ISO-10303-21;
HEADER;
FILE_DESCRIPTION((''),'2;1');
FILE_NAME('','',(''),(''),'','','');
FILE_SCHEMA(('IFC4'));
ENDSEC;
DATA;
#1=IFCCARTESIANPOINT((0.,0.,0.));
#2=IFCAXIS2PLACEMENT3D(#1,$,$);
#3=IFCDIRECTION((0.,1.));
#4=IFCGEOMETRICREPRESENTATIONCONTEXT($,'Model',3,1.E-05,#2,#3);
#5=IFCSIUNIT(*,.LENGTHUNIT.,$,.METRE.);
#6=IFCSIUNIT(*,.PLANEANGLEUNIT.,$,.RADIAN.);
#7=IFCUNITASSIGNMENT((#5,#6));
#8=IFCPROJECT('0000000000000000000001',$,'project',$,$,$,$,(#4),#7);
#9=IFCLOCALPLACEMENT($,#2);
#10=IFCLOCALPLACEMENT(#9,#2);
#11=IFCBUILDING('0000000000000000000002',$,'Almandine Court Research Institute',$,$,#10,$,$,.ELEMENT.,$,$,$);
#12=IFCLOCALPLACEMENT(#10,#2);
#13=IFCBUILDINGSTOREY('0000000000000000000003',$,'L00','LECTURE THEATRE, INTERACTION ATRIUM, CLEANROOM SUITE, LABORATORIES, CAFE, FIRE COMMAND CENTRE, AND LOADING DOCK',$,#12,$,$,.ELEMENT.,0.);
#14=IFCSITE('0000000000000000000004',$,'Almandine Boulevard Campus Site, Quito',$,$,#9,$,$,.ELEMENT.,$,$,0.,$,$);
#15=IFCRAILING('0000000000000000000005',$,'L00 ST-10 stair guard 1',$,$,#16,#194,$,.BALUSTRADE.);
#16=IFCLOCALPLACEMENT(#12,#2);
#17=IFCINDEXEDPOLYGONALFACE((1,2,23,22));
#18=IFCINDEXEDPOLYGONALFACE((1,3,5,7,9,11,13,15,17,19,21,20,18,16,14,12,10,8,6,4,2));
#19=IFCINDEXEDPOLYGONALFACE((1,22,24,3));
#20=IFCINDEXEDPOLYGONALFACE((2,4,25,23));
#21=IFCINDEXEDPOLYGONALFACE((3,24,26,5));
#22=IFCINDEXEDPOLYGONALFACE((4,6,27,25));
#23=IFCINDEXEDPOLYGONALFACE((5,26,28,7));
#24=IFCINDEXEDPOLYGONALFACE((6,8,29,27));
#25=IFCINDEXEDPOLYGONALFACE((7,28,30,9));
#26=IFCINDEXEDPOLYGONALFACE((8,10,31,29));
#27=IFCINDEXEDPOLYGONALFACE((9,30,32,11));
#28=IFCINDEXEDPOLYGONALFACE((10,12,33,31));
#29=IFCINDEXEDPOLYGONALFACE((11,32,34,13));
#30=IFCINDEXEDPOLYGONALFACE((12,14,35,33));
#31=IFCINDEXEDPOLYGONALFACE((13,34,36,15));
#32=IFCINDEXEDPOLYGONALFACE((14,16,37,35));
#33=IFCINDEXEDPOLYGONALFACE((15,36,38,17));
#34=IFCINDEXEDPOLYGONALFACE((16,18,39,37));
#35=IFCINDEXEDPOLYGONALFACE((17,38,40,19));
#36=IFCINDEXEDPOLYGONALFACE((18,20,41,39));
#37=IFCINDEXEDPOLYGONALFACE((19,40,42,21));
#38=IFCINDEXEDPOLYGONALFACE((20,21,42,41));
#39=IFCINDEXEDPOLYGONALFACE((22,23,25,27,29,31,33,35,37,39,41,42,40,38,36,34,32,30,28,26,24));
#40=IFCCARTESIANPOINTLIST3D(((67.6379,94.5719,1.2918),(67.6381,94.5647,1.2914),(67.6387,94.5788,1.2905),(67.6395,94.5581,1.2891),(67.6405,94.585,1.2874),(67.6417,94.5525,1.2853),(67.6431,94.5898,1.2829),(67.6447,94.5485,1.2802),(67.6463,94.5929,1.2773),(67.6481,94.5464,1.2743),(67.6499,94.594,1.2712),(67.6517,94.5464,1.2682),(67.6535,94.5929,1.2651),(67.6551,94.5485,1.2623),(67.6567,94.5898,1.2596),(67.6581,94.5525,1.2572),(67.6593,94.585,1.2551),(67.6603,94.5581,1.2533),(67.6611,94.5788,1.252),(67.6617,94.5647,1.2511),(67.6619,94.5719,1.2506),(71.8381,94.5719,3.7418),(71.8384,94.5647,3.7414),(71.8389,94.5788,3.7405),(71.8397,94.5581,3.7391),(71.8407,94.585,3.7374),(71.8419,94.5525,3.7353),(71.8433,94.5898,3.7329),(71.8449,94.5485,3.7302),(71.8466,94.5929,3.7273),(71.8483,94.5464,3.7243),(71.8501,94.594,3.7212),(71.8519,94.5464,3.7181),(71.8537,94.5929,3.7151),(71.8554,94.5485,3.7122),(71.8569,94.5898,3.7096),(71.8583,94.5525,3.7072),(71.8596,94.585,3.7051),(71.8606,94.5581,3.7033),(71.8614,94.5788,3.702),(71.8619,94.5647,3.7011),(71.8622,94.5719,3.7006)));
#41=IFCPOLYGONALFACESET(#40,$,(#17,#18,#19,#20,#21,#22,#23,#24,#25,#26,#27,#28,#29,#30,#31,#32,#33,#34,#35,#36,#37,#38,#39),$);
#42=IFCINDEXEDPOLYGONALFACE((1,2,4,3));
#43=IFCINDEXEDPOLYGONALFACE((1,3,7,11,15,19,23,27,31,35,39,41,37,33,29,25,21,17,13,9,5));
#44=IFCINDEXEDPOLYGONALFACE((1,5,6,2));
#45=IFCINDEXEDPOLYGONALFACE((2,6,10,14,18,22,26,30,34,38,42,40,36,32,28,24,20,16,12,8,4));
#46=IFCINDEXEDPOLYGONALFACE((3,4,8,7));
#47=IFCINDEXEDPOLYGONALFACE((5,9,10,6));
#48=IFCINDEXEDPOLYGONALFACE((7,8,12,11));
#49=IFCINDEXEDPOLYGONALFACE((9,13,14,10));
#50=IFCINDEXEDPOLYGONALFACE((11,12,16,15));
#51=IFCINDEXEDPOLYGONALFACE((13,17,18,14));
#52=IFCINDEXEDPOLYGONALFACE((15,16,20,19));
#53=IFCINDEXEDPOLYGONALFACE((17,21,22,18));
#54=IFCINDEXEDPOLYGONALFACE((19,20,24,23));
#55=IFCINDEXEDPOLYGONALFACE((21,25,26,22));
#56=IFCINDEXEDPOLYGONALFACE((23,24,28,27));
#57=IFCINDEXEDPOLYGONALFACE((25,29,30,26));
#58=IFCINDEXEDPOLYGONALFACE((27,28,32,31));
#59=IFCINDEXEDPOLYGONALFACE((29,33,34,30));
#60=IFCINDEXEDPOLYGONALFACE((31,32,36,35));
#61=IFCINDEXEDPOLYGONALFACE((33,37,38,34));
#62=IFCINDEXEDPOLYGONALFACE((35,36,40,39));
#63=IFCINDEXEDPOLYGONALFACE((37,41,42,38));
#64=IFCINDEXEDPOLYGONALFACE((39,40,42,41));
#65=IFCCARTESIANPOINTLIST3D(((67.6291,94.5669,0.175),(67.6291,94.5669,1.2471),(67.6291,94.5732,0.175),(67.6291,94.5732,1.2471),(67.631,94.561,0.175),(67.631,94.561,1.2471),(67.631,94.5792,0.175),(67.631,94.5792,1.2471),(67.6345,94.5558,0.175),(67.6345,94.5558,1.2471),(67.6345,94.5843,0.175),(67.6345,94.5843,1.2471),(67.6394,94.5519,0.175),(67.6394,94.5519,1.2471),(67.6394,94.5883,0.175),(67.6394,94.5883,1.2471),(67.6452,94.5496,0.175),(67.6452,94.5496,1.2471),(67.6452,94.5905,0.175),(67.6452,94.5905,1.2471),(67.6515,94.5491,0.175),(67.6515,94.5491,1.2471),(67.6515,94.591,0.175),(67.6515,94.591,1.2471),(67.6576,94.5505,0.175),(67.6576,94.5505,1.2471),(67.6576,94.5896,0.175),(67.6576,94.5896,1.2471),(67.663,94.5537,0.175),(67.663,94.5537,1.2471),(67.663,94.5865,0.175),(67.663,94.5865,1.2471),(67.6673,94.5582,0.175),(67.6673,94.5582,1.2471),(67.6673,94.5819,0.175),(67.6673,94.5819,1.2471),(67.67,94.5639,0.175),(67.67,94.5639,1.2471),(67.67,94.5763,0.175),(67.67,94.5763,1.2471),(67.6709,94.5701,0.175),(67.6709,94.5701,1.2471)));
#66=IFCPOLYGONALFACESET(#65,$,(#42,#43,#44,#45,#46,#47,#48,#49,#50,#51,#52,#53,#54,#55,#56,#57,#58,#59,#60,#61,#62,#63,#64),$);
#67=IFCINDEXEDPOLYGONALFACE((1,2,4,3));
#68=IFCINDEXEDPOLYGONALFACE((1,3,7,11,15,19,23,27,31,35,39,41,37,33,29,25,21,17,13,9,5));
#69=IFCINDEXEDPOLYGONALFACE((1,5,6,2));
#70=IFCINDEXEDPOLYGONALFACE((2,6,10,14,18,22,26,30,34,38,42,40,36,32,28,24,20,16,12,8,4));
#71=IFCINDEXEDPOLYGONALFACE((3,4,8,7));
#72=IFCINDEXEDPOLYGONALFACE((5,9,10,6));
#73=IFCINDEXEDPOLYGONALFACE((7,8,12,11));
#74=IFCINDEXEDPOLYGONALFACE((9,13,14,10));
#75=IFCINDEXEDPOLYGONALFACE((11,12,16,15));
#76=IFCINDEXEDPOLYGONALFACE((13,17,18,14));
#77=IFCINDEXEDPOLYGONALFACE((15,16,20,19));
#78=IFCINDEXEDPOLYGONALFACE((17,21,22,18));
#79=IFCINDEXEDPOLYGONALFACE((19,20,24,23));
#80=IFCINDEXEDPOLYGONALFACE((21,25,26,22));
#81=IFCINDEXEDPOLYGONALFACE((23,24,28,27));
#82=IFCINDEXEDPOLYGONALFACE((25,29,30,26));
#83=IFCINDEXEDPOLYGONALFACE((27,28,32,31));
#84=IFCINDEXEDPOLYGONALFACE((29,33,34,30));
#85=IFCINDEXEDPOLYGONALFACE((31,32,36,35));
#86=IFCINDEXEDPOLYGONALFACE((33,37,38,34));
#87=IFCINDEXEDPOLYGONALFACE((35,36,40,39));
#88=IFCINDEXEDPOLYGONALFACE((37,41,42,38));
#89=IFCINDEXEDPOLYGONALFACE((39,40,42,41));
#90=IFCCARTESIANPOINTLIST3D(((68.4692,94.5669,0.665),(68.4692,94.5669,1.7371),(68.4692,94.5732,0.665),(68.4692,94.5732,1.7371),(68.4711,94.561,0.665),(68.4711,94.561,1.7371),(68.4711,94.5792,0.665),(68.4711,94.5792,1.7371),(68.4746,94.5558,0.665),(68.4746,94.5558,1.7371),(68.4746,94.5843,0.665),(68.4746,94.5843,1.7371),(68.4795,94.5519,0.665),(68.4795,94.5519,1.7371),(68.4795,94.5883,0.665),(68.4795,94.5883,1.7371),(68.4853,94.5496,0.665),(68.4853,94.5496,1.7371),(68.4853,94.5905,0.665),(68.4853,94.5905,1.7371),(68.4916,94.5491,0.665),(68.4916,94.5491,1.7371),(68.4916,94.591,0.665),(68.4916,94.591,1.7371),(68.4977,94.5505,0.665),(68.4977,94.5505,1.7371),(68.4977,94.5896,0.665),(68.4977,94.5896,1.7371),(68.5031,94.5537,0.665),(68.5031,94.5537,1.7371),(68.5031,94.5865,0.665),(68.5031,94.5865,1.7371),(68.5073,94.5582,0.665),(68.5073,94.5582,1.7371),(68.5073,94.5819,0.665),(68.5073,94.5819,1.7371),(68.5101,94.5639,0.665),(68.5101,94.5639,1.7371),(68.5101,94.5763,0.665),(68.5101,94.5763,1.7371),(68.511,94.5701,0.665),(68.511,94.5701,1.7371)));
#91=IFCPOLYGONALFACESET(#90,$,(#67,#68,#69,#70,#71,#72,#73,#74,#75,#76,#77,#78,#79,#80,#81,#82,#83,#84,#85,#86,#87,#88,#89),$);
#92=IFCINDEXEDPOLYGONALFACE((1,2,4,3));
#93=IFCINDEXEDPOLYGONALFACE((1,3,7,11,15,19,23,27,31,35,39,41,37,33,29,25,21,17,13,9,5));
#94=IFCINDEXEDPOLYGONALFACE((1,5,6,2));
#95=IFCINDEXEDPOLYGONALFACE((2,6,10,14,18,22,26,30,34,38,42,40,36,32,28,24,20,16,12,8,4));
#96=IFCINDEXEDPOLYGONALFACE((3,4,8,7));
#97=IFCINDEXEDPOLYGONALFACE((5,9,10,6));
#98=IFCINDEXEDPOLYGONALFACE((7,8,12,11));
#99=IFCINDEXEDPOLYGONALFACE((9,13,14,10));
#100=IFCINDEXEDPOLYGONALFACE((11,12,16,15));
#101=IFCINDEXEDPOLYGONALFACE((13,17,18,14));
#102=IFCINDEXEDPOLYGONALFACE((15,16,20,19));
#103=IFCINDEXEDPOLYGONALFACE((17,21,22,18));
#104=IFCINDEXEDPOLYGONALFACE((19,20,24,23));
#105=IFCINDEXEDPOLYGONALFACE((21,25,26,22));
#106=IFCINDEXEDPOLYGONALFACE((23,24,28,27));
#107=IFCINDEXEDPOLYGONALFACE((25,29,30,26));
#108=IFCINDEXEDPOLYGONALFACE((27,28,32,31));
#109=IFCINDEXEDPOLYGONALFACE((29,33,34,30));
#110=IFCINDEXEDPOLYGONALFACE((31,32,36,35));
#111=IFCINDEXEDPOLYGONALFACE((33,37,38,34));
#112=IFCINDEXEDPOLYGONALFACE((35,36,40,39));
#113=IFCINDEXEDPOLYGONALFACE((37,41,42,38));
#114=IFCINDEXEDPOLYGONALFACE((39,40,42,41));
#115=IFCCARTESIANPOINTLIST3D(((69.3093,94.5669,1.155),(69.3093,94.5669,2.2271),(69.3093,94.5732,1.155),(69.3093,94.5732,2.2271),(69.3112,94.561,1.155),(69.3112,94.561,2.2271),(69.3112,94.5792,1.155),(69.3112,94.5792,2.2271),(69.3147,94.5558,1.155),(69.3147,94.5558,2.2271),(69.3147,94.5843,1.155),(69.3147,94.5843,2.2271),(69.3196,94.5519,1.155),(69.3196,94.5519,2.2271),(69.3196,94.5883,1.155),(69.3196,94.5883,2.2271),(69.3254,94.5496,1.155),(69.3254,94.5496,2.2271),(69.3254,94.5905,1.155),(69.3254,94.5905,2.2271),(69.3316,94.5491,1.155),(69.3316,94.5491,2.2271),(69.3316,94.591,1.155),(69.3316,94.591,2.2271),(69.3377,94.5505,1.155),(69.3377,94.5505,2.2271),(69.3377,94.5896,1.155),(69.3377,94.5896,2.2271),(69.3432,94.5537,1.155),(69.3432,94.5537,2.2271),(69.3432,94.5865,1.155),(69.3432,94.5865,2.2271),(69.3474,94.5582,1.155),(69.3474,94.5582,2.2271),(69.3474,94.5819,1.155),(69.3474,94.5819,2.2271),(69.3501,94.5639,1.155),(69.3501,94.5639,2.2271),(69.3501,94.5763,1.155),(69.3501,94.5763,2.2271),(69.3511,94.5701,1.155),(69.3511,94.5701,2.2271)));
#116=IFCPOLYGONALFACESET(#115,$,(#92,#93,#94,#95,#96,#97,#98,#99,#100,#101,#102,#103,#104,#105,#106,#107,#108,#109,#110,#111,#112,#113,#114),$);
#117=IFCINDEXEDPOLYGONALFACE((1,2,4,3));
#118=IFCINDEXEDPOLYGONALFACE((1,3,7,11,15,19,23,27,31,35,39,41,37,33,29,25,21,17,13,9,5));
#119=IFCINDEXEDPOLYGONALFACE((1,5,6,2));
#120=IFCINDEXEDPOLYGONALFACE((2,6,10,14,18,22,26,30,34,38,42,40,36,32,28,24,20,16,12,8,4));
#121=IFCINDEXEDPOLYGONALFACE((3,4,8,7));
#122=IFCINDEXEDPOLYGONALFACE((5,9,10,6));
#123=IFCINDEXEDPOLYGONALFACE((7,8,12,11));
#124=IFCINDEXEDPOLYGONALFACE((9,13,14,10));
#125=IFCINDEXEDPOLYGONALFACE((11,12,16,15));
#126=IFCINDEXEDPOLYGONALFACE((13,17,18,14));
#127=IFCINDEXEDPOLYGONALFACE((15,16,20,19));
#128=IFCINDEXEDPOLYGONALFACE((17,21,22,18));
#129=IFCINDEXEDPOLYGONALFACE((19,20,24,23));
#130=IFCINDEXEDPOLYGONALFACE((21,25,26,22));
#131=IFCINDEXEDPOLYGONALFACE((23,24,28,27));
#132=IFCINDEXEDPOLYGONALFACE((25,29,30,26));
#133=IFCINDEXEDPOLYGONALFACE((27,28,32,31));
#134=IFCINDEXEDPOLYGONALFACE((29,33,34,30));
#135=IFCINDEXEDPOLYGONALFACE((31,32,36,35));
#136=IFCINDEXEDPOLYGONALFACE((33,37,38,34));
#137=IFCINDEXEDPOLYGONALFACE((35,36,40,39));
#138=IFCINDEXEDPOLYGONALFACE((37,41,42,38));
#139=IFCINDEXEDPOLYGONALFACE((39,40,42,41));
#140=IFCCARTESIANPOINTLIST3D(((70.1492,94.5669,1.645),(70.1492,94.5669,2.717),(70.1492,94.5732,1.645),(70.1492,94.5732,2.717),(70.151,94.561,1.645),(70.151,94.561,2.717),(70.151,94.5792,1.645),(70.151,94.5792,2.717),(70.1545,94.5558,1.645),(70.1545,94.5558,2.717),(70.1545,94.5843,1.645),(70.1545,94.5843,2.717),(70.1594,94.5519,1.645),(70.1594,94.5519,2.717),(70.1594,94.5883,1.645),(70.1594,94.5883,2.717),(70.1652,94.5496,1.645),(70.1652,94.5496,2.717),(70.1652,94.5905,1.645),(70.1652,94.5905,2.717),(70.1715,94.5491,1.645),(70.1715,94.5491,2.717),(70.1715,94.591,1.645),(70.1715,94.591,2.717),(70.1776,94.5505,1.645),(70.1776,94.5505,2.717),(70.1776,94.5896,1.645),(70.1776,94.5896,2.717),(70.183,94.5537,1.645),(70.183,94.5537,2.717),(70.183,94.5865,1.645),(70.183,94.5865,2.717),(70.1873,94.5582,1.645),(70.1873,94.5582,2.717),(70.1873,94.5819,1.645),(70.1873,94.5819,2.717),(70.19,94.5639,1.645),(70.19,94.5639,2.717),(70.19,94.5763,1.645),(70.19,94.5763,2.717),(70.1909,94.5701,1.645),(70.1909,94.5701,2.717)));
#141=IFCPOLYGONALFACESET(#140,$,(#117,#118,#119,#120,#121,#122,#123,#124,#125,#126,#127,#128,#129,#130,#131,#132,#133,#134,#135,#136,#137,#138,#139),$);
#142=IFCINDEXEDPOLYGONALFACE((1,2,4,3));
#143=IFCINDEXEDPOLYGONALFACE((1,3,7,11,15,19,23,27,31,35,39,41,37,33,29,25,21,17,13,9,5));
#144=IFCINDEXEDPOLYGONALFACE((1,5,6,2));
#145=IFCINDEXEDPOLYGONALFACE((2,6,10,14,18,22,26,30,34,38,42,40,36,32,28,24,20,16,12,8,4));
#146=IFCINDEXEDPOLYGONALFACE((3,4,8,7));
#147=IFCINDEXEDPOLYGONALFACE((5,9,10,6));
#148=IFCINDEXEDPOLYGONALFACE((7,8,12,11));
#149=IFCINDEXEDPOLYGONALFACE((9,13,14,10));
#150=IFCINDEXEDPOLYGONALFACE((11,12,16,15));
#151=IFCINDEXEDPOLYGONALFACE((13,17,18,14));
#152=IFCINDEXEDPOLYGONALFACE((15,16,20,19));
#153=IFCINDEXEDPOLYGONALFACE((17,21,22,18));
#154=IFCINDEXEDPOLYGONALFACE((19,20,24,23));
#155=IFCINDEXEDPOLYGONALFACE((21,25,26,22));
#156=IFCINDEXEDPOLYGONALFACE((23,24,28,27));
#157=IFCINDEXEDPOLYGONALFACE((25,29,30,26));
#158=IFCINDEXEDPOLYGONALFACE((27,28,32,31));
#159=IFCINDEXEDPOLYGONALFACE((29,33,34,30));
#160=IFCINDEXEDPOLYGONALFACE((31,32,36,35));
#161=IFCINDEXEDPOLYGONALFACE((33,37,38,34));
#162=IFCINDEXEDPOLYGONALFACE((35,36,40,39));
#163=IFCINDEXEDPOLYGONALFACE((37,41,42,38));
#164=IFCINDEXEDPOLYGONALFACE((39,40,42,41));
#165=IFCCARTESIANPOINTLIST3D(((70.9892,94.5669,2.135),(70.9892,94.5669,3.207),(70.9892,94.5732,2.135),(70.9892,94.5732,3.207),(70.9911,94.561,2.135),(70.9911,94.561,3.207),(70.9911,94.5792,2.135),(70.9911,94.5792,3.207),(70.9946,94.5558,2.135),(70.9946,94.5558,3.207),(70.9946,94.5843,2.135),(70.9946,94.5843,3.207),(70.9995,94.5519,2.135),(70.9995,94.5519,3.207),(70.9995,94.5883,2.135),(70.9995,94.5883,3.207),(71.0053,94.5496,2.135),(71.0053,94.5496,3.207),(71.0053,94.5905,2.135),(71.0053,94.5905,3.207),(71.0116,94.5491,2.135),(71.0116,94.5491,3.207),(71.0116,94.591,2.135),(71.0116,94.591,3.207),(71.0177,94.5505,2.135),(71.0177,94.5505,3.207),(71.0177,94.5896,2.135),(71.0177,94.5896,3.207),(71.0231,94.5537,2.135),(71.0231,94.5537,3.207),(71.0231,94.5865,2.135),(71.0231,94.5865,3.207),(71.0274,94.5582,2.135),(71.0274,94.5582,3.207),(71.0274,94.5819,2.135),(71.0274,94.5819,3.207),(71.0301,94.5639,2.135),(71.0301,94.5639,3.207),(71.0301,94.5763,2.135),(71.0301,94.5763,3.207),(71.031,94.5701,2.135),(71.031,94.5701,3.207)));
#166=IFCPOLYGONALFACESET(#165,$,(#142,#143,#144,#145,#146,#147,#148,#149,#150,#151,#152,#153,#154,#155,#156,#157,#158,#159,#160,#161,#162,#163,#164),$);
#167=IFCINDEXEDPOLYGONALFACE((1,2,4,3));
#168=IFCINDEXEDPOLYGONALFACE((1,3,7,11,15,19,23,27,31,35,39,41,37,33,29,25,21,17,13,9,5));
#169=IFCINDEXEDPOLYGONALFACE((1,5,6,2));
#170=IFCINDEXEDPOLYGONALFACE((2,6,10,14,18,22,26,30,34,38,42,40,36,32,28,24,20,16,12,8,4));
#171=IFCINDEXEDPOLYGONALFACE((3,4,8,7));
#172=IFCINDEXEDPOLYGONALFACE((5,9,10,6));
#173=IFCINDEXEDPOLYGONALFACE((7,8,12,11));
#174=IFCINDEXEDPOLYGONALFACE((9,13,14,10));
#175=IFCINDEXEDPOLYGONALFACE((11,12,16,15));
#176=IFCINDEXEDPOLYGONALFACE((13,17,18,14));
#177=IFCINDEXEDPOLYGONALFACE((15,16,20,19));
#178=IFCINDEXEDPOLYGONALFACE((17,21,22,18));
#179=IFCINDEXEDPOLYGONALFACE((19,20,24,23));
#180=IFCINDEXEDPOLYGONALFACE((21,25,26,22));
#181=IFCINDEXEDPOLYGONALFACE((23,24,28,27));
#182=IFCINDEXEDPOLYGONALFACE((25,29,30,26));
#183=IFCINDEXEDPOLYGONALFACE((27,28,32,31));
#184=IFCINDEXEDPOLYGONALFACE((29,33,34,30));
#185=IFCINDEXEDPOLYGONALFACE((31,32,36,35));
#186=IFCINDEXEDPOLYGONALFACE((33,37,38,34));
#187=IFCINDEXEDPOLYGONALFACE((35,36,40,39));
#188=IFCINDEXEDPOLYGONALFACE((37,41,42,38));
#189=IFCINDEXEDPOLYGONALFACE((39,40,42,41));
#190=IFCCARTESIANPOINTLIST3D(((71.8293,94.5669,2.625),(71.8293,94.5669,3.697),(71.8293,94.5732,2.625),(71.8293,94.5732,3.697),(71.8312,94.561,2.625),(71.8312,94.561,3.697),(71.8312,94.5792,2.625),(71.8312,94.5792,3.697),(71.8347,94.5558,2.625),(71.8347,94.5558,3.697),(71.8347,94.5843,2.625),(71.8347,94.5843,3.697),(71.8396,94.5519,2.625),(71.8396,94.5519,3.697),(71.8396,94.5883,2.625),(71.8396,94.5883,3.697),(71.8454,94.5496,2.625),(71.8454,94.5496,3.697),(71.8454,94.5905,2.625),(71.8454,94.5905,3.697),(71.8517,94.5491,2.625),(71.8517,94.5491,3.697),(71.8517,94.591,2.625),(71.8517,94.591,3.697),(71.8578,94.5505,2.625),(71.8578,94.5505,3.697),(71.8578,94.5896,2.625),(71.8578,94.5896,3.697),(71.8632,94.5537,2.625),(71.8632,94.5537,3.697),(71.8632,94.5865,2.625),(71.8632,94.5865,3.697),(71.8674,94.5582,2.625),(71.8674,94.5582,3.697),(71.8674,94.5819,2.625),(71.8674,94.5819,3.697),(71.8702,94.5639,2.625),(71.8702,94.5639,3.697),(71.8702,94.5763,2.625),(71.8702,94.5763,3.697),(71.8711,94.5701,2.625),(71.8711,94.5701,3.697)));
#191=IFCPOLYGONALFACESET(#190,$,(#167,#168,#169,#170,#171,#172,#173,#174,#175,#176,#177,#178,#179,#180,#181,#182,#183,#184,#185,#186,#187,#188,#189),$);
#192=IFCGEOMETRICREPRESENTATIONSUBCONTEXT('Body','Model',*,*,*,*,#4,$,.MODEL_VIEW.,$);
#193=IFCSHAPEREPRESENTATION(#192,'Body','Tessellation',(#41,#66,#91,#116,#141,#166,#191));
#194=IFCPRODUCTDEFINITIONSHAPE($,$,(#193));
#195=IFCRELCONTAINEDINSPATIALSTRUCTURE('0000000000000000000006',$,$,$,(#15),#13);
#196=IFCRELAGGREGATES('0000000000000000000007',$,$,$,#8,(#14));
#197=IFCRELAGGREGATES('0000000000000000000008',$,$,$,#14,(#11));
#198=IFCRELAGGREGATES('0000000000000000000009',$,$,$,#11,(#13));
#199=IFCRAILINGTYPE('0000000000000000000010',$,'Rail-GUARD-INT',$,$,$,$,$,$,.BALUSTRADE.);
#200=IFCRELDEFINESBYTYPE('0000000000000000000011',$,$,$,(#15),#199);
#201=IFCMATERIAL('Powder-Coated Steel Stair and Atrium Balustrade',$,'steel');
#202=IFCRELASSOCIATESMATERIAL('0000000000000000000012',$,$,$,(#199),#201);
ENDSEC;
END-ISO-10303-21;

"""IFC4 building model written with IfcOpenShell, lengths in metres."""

from ifc_helpers import new_model, si_unit, direction, frame, origin, origin_2d, place, context, subcontext, project, spatial, circle, extrude, material, type_object, element, save


model = new_model("IFC4")

# Units and contexts
model_context = context("Model", 3, precision=1e-05, world=origin(), true_north=direction((0.0, 1.0)))
body_context = subcontext(model_context, "Body", "Model", "MODEL_VIEW")
ifc_project = project(units=[si_unit("LENGTHUNIT", "METRE"), si_unit("PLANEANGLEUNIT", "RADIAN")], contexts=[model_context])

# Site, building, storey
site_placement = place(None, origin())
site = spatial("IfcSite", under=ifc_project, at=site_placement, Name="Almandine Boulevard Campus Site, Quito", CompositionType="ELEMENT", RefElevation=0.0)
building_placement = place(site_placement, origin())
building = spatial("IfcBuilding", under=site, at=building_placement, Name="Almandine Court Research Institute", CompositionType="ELEMENT")
storey_placement = place(building_placement, origin())
storey = spatial("IfcBuildingStorey", under=building, at=storey_placement, Name="L00", Description="LECTURE THEATRE, INTERACTION ATRIUM, CLEANROOM SUITE, LABORATORIES, CAFE, FIRE COMMAND CENTRE, AND LOADING DOCK", CompositionType="ELEMENT", Elevation=0.0)

# Railing
ifc_material_1 = material(Name="Powder-Coated Steel Stair and Atrium Balustrade", Category="steel")
railing_type_1 = type_object("IfcRailingType", Name="Rail-GUARD-INT", PredefinedType="BALUSTRADE", material=ifc_material_1)
railing_1_placement = place(storey_placement, frame((67.6499, 94.5701, 0.175)))
element("IfcRailing", 1, at=railing_1_placement, inside=storey, type_object=railing_type_1, Name="L00 ST-10 stair guard 1", PredefinedType="BALUSTRADE", context=body_context, shape_type="SweptSolid", body=[
    extrude(circle(Radius=0.0239, at=origin_2d()), frame((0.0, 0.0, 1.0962), z_axis=(0.863793, 0.0, 0.503846), x_axis=(0.0, 1.0, 0.0)), (0.0, 0.0, 1.0), 4.8625),
    extrude(circle(Radius=0.021, at=origin_2d()), origin(), (0.0, 0.0, 1.0), 1.072),
    extrude(circle(Radius=0.021, at=origin_2d()), frame((0.8401, 0.0, 0.49)), (0.0, 0.0, 1.0), 1.072),
    extrude(circle(Radius=0.021, at=origin_2d()), frame((1.6802, 0.0, 0.98)), (0.0, 0.0, 1.0), 1.072),
    extrude(circle(Radius=0.021, at=origin_2d()), frame((2.52, 0.0, 1.47)), (0.0, 0.0, 1.0), 1.072),
    extrude(circle(Radius=0.021, at=origin_2d()), frame((3.3601, 0.0, 1.96)), (0.0, 0.0, 1.0), 1.072),
    extrude(circle(Radius=0.021, at=origin_2d()), frame((4.2002, 0.0, 2.45)), (0.0, 0.0, 1.0), 1.072),
])

save(model, "model.ifc")
